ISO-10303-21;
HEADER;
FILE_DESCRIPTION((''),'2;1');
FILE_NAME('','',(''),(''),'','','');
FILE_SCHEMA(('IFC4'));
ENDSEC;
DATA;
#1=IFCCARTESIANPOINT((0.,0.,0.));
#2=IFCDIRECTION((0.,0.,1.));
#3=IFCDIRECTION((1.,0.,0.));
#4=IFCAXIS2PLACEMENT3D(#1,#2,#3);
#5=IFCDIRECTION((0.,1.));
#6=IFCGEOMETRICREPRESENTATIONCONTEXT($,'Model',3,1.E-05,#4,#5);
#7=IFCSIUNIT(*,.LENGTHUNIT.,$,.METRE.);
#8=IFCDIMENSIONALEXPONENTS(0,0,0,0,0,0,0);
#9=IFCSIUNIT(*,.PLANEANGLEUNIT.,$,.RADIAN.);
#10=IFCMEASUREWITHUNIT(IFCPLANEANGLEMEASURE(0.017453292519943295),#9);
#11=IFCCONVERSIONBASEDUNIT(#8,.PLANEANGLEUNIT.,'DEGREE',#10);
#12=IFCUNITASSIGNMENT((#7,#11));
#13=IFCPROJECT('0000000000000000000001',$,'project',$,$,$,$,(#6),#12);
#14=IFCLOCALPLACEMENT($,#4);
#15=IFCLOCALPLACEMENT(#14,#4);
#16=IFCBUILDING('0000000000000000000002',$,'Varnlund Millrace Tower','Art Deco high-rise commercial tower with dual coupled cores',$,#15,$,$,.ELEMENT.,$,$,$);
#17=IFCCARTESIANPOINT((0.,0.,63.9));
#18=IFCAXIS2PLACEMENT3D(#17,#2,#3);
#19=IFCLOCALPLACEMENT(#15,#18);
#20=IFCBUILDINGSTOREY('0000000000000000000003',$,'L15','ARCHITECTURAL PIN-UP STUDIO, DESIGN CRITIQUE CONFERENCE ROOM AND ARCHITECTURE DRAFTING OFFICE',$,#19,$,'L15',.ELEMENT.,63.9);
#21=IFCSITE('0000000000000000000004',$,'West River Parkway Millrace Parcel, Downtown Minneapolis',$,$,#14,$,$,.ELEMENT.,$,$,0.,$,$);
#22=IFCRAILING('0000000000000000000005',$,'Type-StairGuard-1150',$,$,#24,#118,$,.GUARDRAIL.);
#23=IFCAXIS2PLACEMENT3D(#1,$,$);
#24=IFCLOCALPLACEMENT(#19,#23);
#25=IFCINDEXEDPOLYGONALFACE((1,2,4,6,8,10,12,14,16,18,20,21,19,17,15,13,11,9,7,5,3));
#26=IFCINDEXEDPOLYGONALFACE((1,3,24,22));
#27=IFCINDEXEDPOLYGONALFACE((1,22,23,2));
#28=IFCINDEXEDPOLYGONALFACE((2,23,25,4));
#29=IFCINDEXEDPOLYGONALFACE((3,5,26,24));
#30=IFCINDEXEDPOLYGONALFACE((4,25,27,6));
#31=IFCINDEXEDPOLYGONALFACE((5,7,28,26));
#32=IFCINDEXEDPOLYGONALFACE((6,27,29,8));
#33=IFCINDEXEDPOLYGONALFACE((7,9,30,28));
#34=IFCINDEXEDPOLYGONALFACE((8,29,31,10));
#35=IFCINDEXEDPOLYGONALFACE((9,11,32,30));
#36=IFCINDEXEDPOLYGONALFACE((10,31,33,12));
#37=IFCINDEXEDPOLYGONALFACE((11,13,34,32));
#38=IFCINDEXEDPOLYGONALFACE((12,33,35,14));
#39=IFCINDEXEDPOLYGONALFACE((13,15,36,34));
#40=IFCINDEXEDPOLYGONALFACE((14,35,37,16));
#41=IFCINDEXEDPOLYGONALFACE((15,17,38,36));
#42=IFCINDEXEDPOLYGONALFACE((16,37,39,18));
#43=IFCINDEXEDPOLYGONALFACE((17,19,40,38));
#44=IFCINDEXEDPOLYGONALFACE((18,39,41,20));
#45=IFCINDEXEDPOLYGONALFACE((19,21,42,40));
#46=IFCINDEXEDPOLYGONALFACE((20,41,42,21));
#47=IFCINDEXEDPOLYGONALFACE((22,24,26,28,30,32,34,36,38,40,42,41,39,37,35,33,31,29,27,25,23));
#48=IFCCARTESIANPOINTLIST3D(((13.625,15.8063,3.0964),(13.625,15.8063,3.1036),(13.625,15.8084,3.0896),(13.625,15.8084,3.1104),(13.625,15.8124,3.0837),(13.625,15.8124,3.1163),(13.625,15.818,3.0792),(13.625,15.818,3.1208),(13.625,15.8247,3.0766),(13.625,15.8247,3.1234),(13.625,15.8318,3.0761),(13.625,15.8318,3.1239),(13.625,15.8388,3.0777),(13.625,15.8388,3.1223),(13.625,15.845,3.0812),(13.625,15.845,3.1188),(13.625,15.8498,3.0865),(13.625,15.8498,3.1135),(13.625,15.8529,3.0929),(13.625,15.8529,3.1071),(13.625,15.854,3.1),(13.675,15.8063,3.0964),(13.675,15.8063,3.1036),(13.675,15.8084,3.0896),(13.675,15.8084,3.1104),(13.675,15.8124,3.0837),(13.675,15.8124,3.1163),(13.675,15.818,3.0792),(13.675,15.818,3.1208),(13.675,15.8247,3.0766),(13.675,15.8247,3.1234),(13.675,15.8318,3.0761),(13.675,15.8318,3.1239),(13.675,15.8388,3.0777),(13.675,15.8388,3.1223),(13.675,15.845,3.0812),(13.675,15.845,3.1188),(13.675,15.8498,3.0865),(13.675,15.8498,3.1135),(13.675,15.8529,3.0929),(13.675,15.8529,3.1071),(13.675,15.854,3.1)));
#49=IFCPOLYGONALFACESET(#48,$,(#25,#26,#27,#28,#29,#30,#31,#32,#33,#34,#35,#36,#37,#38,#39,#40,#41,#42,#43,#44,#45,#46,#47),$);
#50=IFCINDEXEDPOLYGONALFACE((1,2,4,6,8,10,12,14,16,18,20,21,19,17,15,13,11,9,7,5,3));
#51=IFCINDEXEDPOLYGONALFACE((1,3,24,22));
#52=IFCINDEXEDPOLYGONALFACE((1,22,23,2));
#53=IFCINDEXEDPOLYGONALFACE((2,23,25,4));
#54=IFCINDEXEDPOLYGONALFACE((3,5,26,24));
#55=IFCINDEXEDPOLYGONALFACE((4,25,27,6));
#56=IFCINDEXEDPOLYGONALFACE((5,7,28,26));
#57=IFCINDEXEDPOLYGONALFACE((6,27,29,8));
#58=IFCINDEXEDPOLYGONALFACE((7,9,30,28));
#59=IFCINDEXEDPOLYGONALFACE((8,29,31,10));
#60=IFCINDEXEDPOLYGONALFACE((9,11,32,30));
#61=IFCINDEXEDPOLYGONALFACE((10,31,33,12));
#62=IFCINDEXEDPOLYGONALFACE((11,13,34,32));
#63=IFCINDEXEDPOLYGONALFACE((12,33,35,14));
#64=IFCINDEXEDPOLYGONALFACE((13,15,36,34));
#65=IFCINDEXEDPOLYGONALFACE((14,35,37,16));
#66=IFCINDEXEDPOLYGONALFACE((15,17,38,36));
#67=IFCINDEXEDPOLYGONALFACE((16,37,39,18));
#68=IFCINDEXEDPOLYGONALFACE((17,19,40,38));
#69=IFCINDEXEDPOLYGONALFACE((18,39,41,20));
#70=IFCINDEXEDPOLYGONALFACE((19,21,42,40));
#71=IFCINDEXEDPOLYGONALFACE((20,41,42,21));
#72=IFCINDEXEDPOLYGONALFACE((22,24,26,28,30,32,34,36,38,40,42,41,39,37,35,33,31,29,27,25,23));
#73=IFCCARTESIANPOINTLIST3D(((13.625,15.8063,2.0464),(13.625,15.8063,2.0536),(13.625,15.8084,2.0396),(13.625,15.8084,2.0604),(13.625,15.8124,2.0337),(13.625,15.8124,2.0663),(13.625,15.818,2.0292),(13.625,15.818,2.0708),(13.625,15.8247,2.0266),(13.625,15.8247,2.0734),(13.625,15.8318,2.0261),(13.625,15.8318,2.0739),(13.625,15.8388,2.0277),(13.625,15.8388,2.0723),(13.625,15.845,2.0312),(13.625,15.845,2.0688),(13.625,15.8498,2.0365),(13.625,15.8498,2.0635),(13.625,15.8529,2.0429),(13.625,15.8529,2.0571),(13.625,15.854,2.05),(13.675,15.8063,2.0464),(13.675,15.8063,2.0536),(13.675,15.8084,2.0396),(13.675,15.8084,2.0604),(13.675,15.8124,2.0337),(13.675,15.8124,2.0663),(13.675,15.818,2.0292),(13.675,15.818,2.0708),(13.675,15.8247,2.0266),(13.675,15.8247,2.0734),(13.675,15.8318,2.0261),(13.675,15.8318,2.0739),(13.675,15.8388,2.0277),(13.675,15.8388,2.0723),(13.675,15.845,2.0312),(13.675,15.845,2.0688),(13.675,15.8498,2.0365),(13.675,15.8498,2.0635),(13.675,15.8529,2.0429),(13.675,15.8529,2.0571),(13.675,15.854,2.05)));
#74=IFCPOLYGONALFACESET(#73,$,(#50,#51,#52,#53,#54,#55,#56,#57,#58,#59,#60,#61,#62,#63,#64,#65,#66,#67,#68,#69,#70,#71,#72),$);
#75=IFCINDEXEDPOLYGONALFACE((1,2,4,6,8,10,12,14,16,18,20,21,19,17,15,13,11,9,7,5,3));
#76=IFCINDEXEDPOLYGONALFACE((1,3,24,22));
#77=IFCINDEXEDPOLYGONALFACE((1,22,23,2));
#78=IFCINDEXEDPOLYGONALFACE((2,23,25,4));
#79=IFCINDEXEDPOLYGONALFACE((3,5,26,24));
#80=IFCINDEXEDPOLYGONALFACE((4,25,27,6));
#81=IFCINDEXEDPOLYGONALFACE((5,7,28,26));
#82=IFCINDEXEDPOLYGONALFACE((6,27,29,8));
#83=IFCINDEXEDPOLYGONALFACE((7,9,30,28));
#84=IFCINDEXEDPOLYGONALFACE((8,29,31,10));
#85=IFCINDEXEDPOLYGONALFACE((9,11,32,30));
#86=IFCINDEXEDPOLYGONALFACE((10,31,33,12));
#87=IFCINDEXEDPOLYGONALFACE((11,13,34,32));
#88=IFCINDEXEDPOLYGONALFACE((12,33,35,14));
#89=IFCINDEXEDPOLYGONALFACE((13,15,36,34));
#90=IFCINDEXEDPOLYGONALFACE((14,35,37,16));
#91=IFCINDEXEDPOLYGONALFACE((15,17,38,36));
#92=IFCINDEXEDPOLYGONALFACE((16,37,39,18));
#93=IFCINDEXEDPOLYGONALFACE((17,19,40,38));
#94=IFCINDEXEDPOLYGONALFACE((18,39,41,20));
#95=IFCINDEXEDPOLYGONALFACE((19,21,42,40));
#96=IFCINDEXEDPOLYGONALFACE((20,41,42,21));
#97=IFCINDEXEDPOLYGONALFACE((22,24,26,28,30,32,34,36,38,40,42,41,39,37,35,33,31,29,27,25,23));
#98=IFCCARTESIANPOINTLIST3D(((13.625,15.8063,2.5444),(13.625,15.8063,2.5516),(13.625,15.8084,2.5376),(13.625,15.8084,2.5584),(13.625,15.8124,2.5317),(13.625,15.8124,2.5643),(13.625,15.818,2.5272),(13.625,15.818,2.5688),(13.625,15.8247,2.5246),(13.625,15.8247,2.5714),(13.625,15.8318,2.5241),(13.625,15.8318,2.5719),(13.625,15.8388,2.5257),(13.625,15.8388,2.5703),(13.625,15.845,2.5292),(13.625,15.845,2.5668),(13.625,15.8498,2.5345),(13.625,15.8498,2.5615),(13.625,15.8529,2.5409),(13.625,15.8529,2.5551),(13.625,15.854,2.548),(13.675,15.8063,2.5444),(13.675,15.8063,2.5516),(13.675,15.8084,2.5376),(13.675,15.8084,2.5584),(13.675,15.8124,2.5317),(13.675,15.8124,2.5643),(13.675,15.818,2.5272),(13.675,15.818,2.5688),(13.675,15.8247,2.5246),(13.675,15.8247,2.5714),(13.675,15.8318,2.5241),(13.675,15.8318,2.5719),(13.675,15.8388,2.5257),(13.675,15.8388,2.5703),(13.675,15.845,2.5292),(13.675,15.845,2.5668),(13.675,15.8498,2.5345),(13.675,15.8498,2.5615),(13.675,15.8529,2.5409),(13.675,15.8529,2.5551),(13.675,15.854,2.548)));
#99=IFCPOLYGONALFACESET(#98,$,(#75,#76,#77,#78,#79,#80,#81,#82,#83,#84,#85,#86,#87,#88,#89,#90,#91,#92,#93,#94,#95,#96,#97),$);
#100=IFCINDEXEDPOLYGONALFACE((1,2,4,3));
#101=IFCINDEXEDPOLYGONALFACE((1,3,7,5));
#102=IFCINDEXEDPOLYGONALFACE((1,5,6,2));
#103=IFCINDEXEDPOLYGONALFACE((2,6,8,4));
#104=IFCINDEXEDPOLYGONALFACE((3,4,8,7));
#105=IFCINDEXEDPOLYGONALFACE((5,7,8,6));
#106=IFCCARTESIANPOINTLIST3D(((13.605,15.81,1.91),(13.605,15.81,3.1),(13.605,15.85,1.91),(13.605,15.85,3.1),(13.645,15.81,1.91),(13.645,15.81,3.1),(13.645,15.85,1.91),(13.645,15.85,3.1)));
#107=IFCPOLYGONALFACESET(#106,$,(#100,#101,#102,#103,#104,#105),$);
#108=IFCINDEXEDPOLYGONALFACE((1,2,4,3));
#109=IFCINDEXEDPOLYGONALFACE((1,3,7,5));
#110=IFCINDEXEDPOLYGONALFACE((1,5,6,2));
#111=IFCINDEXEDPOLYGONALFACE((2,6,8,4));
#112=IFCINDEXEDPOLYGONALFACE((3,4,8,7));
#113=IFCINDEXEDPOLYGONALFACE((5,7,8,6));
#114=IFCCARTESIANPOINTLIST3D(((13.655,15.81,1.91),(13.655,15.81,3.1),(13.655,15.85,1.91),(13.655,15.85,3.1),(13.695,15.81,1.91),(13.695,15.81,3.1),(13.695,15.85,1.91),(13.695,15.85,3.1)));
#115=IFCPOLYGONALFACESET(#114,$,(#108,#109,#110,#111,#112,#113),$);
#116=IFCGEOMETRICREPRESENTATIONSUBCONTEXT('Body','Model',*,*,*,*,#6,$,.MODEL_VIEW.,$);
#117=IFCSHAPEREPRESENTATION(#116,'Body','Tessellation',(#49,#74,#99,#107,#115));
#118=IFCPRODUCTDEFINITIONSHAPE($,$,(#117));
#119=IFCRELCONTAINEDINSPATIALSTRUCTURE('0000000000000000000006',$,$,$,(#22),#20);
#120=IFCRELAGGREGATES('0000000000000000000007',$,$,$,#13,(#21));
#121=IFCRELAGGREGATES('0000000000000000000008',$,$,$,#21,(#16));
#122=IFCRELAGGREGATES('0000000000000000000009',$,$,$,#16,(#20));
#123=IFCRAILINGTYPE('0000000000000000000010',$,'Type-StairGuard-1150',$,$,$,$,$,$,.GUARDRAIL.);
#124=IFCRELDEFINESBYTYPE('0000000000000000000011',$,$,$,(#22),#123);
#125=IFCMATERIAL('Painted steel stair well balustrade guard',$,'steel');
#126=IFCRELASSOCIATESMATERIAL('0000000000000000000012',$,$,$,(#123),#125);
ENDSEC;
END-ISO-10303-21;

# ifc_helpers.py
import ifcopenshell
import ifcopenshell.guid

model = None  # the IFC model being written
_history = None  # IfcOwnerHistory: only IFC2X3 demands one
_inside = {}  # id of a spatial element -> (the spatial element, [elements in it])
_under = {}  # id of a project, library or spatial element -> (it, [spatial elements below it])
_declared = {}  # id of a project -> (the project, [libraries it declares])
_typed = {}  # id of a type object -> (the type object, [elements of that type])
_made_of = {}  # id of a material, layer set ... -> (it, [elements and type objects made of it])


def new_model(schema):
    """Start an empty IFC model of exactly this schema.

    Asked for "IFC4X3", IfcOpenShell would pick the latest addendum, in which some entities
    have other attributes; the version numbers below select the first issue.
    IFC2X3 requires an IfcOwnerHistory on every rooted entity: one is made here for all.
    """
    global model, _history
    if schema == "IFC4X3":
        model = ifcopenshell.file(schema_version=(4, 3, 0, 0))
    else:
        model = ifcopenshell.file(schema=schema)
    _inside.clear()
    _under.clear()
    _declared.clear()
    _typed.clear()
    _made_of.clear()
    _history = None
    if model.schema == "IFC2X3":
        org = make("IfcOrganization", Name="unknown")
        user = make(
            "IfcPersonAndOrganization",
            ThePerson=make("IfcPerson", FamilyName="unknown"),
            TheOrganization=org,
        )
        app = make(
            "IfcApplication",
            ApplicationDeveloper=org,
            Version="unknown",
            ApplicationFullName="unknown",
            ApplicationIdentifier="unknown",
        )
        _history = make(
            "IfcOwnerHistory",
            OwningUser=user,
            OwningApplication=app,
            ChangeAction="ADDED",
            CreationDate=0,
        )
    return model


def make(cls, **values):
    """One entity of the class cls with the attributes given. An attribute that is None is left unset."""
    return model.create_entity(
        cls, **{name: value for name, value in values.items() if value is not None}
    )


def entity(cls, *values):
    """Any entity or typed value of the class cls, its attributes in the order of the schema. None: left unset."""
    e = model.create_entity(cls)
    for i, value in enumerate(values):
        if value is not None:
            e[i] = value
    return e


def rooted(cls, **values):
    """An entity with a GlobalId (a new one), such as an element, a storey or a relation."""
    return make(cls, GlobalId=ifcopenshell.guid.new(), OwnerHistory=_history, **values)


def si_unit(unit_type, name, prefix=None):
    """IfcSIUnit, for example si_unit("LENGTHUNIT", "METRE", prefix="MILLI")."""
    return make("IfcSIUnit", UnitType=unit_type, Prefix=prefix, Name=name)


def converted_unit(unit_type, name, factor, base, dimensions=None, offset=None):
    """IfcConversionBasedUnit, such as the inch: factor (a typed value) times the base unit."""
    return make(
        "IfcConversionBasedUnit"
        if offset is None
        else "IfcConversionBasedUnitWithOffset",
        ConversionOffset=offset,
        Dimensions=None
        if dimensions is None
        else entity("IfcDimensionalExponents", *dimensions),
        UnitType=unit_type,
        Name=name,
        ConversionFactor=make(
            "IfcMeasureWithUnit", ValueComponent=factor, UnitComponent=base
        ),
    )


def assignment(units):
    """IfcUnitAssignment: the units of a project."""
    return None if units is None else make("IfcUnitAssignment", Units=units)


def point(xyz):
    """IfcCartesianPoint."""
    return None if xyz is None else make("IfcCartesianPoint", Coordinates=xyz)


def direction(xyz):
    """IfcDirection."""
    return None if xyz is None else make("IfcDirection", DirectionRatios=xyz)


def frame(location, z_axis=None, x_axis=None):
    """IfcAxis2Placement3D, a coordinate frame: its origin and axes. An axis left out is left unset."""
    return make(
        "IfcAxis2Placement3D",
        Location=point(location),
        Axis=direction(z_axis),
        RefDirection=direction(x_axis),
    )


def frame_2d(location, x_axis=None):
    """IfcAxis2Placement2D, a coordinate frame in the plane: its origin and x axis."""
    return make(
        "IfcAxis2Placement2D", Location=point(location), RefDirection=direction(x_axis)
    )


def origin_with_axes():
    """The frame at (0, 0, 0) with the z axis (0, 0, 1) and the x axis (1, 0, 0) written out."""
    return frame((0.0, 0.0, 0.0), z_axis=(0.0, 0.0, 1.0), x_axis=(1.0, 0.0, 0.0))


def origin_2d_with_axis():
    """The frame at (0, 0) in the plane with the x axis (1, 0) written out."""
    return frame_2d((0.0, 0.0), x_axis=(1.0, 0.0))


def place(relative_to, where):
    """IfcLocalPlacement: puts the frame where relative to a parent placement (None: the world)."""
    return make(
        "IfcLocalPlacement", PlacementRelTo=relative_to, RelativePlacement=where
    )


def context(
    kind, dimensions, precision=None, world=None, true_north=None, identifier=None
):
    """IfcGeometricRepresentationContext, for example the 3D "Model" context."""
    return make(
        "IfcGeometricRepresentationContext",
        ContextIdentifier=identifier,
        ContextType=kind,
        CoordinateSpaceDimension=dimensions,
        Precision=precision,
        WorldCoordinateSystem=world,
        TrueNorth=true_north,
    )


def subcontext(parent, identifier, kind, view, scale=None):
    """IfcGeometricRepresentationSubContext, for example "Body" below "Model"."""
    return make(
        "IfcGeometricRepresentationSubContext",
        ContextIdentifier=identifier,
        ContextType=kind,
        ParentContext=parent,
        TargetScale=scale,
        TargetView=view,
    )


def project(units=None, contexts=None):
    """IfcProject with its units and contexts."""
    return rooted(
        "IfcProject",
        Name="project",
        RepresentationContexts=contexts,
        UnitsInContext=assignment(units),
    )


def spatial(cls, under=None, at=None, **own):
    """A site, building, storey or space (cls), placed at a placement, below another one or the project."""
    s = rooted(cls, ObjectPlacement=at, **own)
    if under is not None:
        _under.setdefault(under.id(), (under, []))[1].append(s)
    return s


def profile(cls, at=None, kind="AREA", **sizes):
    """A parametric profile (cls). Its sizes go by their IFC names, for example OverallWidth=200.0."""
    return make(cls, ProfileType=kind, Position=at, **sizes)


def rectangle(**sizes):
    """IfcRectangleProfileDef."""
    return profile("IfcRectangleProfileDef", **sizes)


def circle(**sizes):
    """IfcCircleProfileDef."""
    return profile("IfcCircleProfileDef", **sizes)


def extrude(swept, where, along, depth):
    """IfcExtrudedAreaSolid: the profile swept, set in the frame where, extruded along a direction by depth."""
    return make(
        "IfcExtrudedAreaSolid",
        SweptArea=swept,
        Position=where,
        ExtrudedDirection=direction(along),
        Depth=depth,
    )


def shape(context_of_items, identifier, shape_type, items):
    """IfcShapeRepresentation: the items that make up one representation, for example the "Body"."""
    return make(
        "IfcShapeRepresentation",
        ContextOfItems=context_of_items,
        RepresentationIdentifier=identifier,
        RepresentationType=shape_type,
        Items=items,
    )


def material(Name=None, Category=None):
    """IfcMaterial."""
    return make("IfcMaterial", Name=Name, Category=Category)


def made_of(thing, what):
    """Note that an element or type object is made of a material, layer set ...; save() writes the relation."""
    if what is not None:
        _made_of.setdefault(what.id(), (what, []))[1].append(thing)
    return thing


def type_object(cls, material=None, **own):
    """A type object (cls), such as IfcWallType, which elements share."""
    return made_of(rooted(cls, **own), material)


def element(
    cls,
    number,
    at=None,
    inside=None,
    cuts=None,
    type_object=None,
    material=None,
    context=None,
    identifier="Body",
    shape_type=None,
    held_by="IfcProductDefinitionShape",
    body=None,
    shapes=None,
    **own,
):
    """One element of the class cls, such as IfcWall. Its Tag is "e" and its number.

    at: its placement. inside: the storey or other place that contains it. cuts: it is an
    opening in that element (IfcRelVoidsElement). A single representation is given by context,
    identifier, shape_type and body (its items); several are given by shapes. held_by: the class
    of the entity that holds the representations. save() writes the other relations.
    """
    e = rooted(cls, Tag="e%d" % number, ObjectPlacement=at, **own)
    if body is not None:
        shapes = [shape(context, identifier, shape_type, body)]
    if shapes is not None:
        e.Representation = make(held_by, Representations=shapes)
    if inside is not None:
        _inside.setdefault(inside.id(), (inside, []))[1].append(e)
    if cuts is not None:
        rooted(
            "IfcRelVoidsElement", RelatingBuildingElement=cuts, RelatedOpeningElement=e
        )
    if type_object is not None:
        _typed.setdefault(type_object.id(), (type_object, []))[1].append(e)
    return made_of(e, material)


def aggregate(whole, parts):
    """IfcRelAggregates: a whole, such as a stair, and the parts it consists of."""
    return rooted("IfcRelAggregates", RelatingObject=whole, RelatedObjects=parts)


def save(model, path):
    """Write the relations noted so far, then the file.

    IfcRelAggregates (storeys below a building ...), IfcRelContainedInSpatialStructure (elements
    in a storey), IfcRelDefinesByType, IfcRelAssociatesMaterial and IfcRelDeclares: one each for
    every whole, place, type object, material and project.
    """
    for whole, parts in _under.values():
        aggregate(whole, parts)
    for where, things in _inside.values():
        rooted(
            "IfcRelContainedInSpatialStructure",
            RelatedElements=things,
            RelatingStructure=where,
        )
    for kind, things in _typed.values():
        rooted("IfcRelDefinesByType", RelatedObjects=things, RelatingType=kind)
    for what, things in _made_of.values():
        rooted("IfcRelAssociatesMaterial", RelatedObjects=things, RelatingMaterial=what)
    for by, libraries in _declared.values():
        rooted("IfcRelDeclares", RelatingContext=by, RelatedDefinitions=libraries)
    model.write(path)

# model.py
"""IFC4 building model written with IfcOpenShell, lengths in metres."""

from ifc_helpers import new_model, entity, si_unit, converted_unit, direction, frame, origin_with_axes, origin_2d_with_axis, place, context, subcontext, project, spatial, rectangle, circle, extrude, material, type_object, element, save


model = new_model("IFC4")

# Units and contexts
model_context = context("Model", 3, precision=1e-05, world=origin_with_axes(), true_north=direction((0.0, 1.0)))
body_context = subcontext(model_context, "Body", "Model", "MODEL_VIEW")
ifc_project = project(units=[si_unit("LENGTHUNIT", "METRE"), converted_unit("PLANEANGLEUNIT", "DEGREE", entity("IfcPlaneAngleMeasure", 0.017453292519943295), si_unit("PLANEANGLEUNIT", "RADIAN"), dimensions=[0, 0, 0, 0, 0, 0, 0])], contexts=[model_context])

# Site, building, storey
site_placement = place(None, origin_with_axes())
site = spatial("IfcSite", under=ifc_project, at=site_placement, Name="West River Parkway Millrace Parcel, Downtown Minneapolis", CompositionType="ELEMENT", RefElevation=0.0)
building_placement = place(site_placement, origin_with_axes())
building = spatial("IfcBuilding", under=site, at=building_placement, Name="Varnlund Millrace Tower", Description="Art Deco high-rise commercial tower with dual coupled cores", CompositionType="ELEMENT")
storey_placement = place(building_placement, frame((0.0, 0.0, 63.9), z_axis=(0.0, 0.0, 1.0), x_axis=(1.0, 0.0, 0.0)))
storey = spatial("IfcBuildingStorey", under=building, at=storey_placement, Name="L15", Description="ARCHITECTURAL PIN-UP STUDIO, DESIGN CRITIQUE CONFERENCE ROOM AND ARCHITECTURE DRAFTING OFFICE", LongName="L15", CompositionType="ELEMENT", Elevation=63.9)

# Railing
ifc_material_1 = material(Name="Painted steel stair well balustrade guard", Category="steel")
railing_type_1 = type_object("IfcRailingType", Name="Type-StairGuard-1150", PredefinedType="GUARDRAIL", material=ifc_material_1)
railing_1_placement = place(storey_placement, frame((0.0, 0.0, -63.9), z_axis=(0.0, 0.0, 1.0), x_axis=(1.0, 0.0, 0.0)))
element("IfcRailing", 1, at=railing_1_placement, inside=storey, type_object=railing_type_1, Name="Type-StairGuard-1150", PredefinedType="GUARDRAIL", context=body_context, shape_type="SweptSolid", body=[
    extrude(circle(Radius=0.024, at=origin_2d_with_axis()), frame((13.625, 15.83, 67.0), z_axis=(1.0, 0.0, 0.0), x_axis=(0.0, 1.0, 0.0)), (0.0, 0.0, 1.0), 0.05),
    extrude(circle(Radius=0.024, at=origin_2d_with_axis()), frame((13.625, 15.83, 65.95), z_axis=(1.0, 0.0, 0.0), x_axis=(0.0, 1.0, 0.0)), (0.0, 0.0, 1.0), 0.05),
    extrude(circle(Radius=0.024, at=origin_2d_with_axis()), frame((13.625, 15.83, 66.448), z_axis=(1.0, 0.0, 0.0), x_axis=(0.0, 1.0, 0.0)), (0.0, 0.0, 1.0), 0.05),
    extrude(rectangle(XDim=0.04, YDim=0.04, at=origin_2d_with_axis()), frame((13.625, 15.83, 65.81), z_axis=(0.0, 0.0, 1.0), x_axis=(1.0, 0.0, 0.0)), (0.0, 0.0, 1.0), 1.19),
    extrude(rectangle(XDim=0.04, YDim=0.04, at=origin_2d_with_axis()), frame((13.675, 15.83, 65.81), z_axis=(0.0, 0.0, 1.0), x_axis=(1.0, 0.0, 0.0)), (0.0, 0.0, 1.0), 1.19),
])

save(model, "model.ifc")
